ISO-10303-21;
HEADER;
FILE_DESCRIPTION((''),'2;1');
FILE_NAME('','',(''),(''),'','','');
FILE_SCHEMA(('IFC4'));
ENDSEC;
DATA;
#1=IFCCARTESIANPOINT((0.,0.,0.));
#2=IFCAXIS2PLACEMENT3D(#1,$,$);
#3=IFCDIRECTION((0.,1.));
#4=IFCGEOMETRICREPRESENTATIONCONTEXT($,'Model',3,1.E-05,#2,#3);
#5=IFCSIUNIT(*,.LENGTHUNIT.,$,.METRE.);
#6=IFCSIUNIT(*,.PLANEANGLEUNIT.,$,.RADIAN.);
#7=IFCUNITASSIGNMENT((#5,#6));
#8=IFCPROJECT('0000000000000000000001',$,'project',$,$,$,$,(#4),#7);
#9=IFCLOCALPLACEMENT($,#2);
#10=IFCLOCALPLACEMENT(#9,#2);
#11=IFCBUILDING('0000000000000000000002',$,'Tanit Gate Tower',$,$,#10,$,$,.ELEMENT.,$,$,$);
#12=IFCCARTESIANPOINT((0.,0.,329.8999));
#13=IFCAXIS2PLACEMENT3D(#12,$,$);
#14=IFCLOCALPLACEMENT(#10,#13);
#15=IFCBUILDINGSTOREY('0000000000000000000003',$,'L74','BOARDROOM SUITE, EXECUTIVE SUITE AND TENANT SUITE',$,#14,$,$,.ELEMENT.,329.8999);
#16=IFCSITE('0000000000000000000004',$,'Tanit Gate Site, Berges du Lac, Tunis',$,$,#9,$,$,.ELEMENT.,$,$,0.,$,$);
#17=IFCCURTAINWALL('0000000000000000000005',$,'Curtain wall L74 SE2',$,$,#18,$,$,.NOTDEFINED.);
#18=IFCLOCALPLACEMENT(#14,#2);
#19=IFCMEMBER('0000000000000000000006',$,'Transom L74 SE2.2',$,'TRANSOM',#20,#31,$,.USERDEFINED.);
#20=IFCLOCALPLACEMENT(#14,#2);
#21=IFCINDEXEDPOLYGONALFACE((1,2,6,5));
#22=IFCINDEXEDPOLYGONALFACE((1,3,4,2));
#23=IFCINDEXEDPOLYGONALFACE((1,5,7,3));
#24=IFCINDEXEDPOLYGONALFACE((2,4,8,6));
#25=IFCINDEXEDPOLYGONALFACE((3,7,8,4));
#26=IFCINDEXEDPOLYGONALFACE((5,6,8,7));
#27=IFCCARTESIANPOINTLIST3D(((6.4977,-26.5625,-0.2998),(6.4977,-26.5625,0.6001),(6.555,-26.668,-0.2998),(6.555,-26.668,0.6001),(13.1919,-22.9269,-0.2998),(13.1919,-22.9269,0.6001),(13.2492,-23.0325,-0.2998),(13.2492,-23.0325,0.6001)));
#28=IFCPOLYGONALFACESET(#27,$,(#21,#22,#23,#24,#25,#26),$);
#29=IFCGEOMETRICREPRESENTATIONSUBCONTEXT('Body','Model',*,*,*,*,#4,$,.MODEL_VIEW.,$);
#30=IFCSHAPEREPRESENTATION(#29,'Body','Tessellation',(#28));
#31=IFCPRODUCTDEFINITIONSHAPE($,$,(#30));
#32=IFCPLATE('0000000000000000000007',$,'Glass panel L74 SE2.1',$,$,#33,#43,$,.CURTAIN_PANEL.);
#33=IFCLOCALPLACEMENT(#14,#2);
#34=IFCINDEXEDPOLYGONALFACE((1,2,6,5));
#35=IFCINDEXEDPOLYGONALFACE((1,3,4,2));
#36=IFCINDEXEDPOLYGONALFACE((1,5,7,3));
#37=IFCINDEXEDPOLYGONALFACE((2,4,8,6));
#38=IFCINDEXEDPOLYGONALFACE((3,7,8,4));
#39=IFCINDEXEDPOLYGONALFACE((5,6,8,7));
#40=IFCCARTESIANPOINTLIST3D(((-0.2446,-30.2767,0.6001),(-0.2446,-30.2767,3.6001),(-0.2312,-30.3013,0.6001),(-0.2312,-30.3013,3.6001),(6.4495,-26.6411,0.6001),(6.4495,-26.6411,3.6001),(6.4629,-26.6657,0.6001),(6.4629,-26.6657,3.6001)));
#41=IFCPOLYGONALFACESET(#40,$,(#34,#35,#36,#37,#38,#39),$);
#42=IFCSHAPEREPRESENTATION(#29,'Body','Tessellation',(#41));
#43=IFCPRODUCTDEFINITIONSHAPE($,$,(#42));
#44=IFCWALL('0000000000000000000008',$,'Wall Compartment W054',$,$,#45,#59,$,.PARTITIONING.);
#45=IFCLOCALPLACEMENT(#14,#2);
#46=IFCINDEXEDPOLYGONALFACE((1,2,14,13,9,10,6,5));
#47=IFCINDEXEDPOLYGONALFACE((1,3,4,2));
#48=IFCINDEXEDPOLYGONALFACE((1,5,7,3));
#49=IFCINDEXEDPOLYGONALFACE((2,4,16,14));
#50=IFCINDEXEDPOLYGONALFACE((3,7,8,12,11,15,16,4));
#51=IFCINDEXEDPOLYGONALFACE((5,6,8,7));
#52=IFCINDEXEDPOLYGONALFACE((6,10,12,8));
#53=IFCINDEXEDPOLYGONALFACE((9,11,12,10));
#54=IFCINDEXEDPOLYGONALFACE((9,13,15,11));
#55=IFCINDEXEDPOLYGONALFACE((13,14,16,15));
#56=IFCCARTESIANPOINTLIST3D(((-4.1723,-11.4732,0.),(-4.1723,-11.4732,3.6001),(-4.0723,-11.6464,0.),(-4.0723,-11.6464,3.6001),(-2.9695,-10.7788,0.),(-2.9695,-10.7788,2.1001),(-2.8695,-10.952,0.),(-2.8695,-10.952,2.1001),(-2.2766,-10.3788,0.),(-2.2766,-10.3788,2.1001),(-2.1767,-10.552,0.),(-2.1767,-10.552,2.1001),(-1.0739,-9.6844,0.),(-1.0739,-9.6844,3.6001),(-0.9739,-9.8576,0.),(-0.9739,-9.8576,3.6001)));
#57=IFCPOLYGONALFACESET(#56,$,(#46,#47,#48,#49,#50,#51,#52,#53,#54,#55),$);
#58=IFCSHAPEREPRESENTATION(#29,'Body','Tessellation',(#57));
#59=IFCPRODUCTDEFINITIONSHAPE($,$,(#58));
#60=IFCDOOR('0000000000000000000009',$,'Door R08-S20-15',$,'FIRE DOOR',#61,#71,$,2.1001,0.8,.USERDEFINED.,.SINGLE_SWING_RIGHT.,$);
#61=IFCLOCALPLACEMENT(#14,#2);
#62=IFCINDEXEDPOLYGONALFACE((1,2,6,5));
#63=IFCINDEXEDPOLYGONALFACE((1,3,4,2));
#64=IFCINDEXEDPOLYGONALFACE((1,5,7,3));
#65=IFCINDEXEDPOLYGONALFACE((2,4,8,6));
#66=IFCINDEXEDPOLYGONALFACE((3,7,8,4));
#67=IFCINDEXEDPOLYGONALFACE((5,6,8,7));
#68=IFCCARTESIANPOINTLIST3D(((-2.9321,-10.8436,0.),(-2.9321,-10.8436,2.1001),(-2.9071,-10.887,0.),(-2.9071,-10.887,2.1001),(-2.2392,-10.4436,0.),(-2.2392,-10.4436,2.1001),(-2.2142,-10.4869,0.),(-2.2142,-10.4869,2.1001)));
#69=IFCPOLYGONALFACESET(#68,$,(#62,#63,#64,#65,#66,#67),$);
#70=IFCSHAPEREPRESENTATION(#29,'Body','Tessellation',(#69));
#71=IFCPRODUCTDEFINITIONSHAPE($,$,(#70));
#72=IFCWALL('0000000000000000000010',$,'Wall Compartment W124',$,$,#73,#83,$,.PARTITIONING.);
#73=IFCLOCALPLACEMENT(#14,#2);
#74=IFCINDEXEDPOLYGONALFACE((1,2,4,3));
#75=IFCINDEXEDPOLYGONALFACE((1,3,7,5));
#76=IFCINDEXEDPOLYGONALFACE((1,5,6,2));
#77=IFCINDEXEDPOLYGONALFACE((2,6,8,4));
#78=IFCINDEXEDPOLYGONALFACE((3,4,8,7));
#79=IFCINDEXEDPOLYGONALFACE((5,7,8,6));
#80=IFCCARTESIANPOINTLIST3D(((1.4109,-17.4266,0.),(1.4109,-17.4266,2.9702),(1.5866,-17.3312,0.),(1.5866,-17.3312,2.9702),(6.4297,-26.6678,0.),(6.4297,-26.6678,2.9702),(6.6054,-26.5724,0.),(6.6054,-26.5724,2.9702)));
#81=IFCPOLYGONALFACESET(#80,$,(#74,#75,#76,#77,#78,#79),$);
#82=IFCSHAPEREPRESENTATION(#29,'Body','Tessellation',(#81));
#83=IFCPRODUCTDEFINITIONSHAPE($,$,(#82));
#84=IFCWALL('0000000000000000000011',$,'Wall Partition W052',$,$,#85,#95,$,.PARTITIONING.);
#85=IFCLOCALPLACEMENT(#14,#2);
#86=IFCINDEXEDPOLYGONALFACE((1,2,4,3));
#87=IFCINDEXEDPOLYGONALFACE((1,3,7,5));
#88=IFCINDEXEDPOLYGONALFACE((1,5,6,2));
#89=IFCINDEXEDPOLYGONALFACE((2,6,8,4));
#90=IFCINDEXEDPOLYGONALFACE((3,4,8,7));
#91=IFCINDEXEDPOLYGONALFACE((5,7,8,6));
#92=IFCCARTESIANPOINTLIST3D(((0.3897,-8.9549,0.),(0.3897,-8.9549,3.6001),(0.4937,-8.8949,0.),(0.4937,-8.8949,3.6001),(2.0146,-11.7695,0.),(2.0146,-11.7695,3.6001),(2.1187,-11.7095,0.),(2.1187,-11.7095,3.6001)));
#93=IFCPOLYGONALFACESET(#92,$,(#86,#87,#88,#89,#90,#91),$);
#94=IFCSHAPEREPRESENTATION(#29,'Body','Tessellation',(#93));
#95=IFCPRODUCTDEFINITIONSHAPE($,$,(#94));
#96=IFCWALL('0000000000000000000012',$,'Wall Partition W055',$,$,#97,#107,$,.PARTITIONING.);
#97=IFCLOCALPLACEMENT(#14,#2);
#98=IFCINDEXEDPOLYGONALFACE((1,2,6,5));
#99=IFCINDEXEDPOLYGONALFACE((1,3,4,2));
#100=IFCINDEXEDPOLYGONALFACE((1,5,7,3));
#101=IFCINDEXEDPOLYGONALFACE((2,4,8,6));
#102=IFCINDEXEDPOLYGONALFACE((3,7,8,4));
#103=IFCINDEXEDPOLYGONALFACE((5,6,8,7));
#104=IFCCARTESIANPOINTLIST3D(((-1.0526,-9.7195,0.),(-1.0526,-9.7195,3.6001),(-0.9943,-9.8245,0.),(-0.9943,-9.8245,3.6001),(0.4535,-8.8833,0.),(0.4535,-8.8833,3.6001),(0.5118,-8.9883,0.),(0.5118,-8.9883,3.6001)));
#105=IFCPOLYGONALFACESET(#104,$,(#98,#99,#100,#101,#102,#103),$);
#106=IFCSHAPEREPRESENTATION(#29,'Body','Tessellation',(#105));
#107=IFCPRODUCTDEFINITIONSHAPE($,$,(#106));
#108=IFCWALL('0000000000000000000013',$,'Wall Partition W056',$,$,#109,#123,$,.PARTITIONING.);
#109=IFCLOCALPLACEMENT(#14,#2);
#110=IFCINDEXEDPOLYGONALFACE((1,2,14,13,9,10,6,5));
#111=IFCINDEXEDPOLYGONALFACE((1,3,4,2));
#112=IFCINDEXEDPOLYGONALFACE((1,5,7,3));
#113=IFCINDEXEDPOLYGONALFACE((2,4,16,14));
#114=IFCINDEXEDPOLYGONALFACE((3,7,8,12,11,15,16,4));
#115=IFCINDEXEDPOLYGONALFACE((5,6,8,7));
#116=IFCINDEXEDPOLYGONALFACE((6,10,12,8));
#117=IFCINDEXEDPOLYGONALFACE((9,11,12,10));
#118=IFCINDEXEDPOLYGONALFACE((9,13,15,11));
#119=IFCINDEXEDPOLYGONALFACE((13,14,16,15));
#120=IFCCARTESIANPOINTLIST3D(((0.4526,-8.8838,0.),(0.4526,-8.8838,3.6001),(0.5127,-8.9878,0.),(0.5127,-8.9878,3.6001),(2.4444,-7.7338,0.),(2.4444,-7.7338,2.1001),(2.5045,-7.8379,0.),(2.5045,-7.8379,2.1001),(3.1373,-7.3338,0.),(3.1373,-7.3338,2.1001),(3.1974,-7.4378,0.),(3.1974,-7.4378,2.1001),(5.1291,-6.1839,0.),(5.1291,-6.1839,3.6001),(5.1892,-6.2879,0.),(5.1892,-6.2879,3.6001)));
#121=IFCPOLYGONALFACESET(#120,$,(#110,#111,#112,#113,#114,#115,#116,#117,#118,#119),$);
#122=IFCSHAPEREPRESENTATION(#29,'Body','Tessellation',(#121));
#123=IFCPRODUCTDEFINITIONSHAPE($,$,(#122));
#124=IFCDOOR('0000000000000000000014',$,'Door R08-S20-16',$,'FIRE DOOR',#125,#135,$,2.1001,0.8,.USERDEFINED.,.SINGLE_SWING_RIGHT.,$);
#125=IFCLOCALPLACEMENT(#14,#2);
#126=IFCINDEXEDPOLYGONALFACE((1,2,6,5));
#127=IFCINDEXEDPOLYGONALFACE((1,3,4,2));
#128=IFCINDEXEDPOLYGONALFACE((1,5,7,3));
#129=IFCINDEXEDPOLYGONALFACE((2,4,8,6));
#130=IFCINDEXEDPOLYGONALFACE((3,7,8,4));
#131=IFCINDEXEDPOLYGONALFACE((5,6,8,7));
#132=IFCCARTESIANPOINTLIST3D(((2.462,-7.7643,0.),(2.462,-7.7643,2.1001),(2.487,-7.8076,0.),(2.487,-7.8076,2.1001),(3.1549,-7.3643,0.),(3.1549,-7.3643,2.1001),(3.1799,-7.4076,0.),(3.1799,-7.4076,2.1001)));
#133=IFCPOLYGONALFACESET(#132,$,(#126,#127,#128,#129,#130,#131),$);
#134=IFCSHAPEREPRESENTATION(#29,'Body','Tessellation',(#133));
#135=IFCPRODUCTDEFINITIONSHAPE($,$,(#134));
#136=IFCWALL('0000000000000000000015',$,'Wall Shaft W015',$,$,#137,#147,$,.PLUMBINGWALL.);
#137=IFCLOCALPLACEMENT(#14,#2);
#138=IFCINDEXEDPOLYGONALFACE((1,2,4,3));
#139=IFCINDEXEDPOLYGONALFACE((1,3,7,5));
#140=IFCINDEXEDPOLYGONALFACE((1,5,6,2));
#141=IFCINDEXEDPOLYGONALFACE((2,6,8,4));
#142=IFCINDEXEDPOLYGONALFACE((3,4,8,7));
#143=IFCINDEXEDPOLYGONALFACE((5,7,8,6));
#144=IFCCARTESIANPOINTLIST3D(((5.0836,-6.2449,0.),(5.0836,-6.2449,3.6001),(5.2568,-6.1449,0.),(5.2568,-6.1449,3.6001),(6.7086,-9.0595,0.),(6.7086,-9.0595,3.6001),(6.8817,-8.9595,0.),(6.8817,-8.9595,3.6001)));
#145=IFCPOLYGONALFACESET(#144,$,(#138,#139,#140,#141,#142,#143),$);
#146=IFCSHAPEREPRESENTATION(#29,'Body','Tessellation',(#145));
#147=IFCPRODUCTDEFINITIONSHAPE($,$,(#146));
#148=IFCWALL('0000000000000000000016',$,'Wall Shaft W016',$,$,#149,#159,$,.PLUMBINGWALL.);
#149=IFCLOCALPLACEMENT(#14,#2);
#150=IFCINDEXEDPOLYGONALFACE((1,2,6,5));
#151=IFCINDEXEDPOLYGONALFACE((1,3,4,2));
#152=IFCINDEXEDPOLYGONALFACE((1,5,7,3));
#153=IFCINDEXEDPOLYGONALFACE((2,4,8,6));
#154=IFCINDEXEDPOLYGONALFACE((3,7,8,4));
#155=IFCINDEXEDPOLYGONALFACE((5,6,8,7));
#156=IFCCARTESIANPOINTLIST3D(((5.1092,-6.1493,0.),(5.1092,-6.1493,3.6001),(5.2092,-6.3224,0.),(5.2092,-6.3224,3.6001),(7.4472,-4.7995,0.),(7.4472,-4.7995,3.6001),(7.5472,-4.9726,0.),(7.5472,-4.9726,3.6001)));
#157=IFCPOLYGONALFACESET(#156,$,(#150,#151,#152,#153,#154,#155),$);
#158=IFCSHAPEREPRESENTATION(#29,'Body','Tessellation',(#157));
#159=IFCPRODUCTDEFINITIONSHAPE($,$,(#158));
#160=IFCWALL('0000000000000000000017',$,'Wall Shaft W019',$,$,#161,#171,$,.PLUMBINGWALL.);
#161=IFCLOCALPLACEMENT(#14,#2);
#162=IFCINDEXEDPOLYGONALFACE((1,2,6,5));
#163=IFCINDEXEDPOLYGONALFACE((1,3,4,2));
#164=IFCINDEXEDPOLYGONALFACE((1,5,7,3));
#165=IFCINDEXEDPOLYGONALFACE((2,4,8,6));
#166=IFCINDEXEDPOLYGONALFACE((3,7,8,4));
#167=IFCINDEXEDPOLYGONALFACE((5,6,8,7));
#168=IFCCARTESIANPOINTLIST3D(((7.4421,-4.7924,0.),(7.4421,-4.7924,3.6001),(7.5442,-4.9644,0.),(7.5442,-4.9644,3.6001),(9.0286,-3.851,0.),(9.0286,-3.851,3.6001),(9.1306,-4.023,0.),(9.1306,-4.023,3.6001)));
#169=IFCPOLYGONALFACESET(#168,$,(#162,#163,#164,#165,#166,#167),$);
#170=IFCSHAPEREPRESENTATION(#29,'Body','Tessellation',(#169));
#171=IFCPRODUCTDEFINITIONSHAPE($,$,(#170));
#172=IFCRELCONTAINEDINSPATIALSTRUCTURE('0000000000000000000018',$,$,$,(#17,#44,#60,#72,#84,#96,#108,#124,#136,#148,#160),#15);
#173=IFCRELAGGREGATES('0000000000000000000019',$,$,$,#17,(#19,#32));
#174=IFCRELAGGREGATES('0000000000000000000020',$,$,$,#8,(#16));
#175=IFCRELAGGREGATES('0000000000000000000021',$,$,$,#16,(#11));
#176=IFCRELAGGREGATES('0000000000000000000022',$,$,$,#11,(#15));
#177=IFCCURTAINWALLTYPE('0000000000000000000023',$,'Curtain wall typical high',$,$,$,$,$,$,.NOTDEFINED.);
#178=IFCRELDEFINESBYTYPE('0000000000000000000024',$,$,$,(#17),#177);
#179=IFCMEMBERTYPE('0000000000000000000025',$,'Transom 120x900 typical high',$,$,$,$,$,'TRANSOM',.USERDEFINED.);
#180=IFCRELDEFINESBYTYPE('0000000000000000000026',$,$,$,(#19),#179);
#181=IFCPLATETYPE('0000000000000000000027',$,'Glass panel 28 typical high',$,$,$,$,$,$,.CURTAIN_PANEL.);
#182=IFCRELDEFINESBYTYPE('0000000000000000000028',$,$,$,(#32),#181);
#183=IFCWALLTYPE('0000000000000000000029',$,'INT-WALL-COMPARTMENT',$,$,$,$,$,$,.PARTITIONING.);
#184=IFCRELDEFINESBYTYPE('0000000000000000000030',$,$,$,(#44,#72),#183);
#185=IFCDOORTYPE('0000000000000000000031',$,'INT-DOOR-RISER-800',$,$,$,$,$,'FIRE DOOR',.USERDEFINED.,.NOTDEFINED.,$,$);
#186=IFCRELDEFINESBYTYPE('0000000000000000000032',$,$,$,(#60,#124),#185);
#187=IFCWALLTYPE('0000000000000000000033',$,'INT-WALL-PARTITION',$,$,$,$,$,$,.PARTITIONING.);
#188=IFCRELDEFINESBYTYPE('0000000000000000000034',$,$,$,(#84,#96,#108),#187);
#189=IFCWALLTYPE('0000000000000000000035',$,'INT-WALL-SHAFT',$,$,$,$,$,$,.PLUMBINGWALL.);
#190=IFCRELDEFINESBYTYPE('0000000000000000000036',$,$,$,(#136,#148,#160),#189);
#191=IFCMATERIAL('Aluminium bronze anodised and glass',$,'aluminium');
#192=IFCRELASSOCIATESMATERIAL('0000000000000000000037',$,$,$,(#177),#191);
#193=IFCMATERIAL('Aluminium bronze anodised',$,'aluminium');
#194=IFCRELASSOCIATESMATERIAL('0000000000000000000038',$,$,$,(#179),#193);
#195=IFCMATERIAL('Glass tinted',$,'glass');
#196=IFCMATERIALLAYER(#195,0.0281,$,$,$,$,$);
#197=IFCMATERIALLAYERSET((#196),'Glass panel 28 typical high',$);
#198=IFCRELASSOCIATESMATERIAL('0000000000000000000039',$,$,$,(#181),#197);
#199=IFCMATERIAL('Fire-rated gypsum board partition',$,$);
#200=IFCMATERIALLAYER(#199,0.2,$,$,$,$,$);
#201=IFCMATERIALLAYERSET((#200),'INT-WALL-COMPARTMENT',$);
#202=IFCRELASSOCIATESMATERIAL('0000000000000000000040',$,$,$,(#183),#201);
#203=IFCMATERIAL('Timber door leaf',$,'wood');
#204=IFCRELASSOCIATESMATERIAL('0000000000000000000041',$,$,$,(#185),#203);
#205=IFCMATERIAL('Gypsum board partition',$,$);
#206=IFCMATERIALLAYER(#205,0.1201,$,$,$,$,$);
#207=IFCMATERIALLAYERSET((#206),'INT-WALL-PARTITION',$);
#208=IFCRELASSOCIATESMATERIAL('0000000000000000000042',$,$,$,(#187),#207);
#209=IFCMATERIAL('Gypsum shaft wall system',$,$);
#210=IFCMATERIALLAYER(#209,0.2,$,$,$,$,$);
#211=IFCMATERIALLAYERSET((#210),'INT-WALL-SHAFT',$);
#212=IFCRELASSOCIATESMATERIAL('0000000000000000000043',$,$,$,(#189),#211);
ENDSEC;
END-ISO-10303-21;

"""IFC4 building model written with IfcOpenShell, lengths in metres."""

from ifc_helpers import new_model, si_unit, direction, frame, frame_2d, origin, origin_2d, place, context, subcontext, project, spatial, rectangle, extrude, material, layer, layer_set, material_profile, profile_set, type_object, element, fill, aggregate, save


model = new_model("IFC4")

# Units and contexts
model_context = context("Model", 3, precision=1e-05, world=origin(), true_north=direction((0.0, 1.0)))
body_context = subcontext(model_context, "Body", "Model", "MODEL_VIEW")
ifc_project = project(units=[si_unit("LENGTHUNIT", "METRE"), si_unit("PLANEANGLEUNIT", "RADIAN")], contexts=[model_context])

# Site, building, storey
site_placement = place(None, origin())
site = spatial("IfcSite", under=ifc_project, at=site_placement, Name="Tanit Gate Site, Berges du Lac, Tunis", CompositionType="ELEMENT", RefElevation=0.0)
building_placement = place(site_placement, origin())
building = spatial("IfcBuilding", under=site, at=building_placement, Name="Tanit Gate Tower", CompositionType="ELEMENT")
storey_placement = place(building_placement, frame((0.0, 0.0, 329.8999)))
storey = spatial("IfcBuildingStorey", under=building, at=storey_placement, Name="L74", Description="BOARDROOM SUITE, EXECUTIVE SUITE AND TENANT SUITE", CompositionType="ELEMENT", Elevation=329.8999)

# Curtain wall
ifc_material_1 = material(Name="Aluminium bronze anodised and glass", Category="aluminium")
curtain_wall_type = type_object("IfcCurtainWallType", Name="Curtain wall typical high", PredefinedType="NOTDEFINED", material=ifc_material_1)
curtain_wall_1_placement = place(storey_placement, origin())
curtain_wall_1 = element("IfcCurtainWall", 1, at=curtain_wall_1_placement, inside=storey, type_object=curtain_wall_type, Name="Curtain wall L74 SE2", PredefinedType="NOTDEFINED")

# Member
ifc_material_2 = material(Name="Aluminium bronze anodised", Category="aluminium")
ifc_material_profile_1 = material_profile(ifc_material_2, rectangle(XDim=0.1201, YDim=0.8999, at=origin_2d()), Name="120x900 bronze transom")
ifc_profile_set_1 = profile_set([ifc_material_profile_1], Name="Aluminium bronze anodised")
member_type_1 = type_object("IfcMemberType", Name="Transom 120x900 typical high", ElementType="TRANSOM", PredefinedType="USERDEFINED", material=ifc_profile_set_1)
member_1_placement = place(storey_placement, frame((6.5264, -26.6152, 0.1501), z_axis=(0.878767, 0.47725, 0.0), x_axis=(-0.47725, 0.878767, 0.0)))
member_1 = element("IfcMember", 2, at=member_1_placement, type_object=member_type_1, Name="Transom L74 SE2.2", ObjectType="TRANSOM", PredefinedType="USERDEFINED", context=body_context, shape_type="SweptSolid", body=[
    extrude(rectangle(XDim=0.1201, YDim=0.8999, at=origin_2d()), origin(), (0.0, 0.0, 1.0), 7.6177),
])

# Plate
ifc_material_3 = material(Name="Glass tinted", Category="glass")
ifc_layer_1 = layer(ifc_material_3, 0.0281)
ifc_layer_set_1 = layer_set([ifc_layer_1], Name="Glass panel 28 typical high")
plate_type = type_object("IfcPlateType", Name="Glass panel 28 typical high", PredefinedType="CURTAIN_PANEL", material=ifc_layer_set_1)
plate_placement = place(storey_placement, frame((3.1091, -28.4712, 0.6001), z_axis=(0.0, 0.0, 1.0), x_axis=(0.878762, 0.477259, 0.0)))
plate = element("IfcPlate", 3, at=plate_placement, type_object=plate_type, Name="Glass panel L74 SE2.1", PredefinedType="CURTAIN_PANEL", context=body_context, shape_type="SweptSolid", body=[
    extrude(rectangle(XDim=7.6177, YDim=0.0281, at=origin_2d()), origin(), (0.0, 0.0, 1.0), 3.0),
])
aggregate(curtain_wall_1, [member_1, plate])

# Wall, opening, door
ifc_material_4 = material(Name="Fire-rated gypsum board partition")
ifc_layer_2 = layer(ifc_material_4, 0.2)
ifc_layer_set_2 = layer_set([ifc_layer_2], Name="INT-WALL-COMPARTMENT")
wall_type_1 = type_object("IfcWallType", Name="INT-WALL-COMPARTMENT", PredefinedType="PARTITIONING", material=ifc_layer_set_2)
wall_1_placement = place(storey_placement, frame((-1.0239, -9.771, 0.0), z_axis=(0.0, 0.0, 1.0), x_axis=(-0.86603, -0.499992, 0.0)))
wall_1 = element("IfcWall", 4, at=wall_1_placement, inside=storey, type_object=wall_type_1, Name="Wall Compartment W054", PredefinedType="PARTITIONING", context=body_context, shape_type="SweptSolid", body=[
    extrude(rectangle(XDim=3.5776, YDim=0.2, at=frame_2d((1.7888, 0.0))), origin(), (0.0, 0.0, 1.0), 3.6001),
])
opening_1_placement = place(wall_1_placement, frame((1.3889, 0.0, 0.0)))
opening_1 = element("IfcOpeningElement", 5, at=opening_1_placement, cuts=wall_1, PredefinedType="OPENING", context=body_context, shape_type="SweptSolid", body=[
    extrude(rectangle(XDim=0.8, YDim=2.1001, at=frame_2d((0.3999, 1.05))), frame((0.0, 0.1099, 0.0), z_axis=(0.0, -1.0, 0.0), x_axis=(1.0, 0.0, 0.0)), (0.0, 0.0, 1.0), 0.22),
])
ifc_material_5 = material(Name="Timber door leaf", Category="wood")
door_type = type_object("IfcDoorType", Name="INT-DOOR-RISER-800", ElementType="FIRE DOOR", OperationType="NOTDEFINED", PredefinedType="USERDEFINED", material=ifc_material_5)
door_1_placement = place(opening_1_placement, origin())
door_1 = element("IfcDoor", 6, at=door_1_placement, inside=storey, type_object=door_type, Name="Door R08-S20-15", ObjectType="FIRE DOOR", OperationType="SINGLE_SWING_RIGHT", OverallHeight=2.1001, OverallWidth=0.8, PredefinedType="USERDEFINED", context=body_context, shape_type="SweptSolid", body=[
    extrude(rectangle(XDim=0.8, YDim=2.1001, at=frame_2d((0.3999, 1.05))), frame((0.0, 0.0249, 0.0), z_axis=(0.0, -1.0, 0.0), x_axis=(1.0, 0.0, 0.0)), (0.0, 0.0, 1.0), 0.05),
])
fill(opening_1, door_1)

# Walls
wall_2_placement = place(storey_placement, frame((1.4988, -17.3789, 0.0), z_axis=(0.0, 0.0, 1.0), x_axis=(0.477249, -0.878768, 0.0)))
element("IfcWall", 7, at=wall_2_placement, inside=storey, type_object=wall_type_1, Name="Wall Compartment W124", PredefinedType="PARTITIONING", context=body_context, shape_type="SweptSolid", body=[
    extrude(rectangle(XDim=10.5161, YDim=0.2, at=frame_2d((5.2581, 0.0))), origin(), (0.0, 0.0, 1.0), 2.9702),
])
ifc_material_6 = material(Name="Gypsum board partition")
ifc_layer_3 = layer(ifc_material_6, 0.1201)
ifc_layer_set_3 = layer_set([ifc_layer_3], Name="INT-WALL-PARTITION")
wall_type_2 = type_object("IfcWallType", Name="INT-WALL-PARTITION", PredefinedType="PARTITIONING", material=ifc_layer_set_3)
wall_3_placement = place(storey_placement, frame((2.0667, -11.7395, 0.0), z_axis=(0.0, 0.0, 1.0), x_axis=(-0.499985, 0.866034, 0.0)))
element("IfcWall", 8, at=wall_3_placement, inside=storey, type_object=wall_type_2, Name="Wall Partition W052", PredefinedType="PARTITIONING", context=body_context, shape_type="SweptSolid", body=[
    extrude(rectangle(XDim=3.25, YDim=0.1201, at=frame_2d((1.625, 0.0))), origin(), (0.0, 0.0, 1.0), 3.6001),
])
wall_4_placement = place(storey_placement, frame((-1.0234, -9.772, 0.0), z_axis=(0.0, 0.0, 1.0), x_axis=(0.874291, 0.485402, 0.0)))
element("IfcWall", 9, at=wall_4_placement, inside=storey, type_object=wall_type_2, Name="Wall Partition W055", PredefinedType="PARTITIONING", context=body_context, shape_type="SweptSolid", body=[
    extrude(rectangle(XDim=1.7227, YDim=0.1201, at=frame_2d((0.8613, 0.0))), origin(), (0.0, 0.0, 1.0), 3.6001),
])

# Wall, opening, door
wall_5_placement = place(storey_placement, frame((0.4827, -8.9358, 0.0), z_axis=(0.0, 0.0, 1.0), x_axis=(0.866028, 0.499995, 0.0)))
wall_5 = element("IfcWall", 10, at=wall_5_placement, inside=storey, type_object=wall_type_2, Name="Wall Partition W056", PredefinedType="PARTITIONING", context=body_context, shape_type="SweptSolid", body=[
    extrude(rectangle(XDim=5.3999, YDim=0.1201, at=frame_2d((2.7, 0.0))), origin(), (0.0, 0.0, 1.0), 3.6001),
])
opening_2_placement = place(wall_5_placement, frame((2.3, 0.0, 0.0)))
opening_2 = element("IfcOpeningElement", 11, at=opening_2_placement, cuts=wall_5, PredefinedType="OPENING", context=body_context, shape_type="SweptSolid", body=[
    extrude(rectangle(XDim=0.8, YDim=2.1001, at=frame_2d((0.3999, 1.05))), frame((0.0, 0.0701, 0.0), z_axis=(0.0, -1.0, 0.0), x_axis=(1.0, 0.0, 0.0)), (0.0, 0.0, 1.0), 0.1401),
])
door_2_placement = place(opening_2_placement, origin())
door_2 = element("IfcDoor", 12, at=door_2_placement, inside=storey, type_object=door_type, Name="Door R08-S20-16", ObjectType="FIRE DOOR", OperationType="SINGLE_SWING_RIGHT", OverallHeight=2.1001, OverallWidth=0.8, PredefinedType="USERDEFINED", context=body_context, shape_type="SweptSolid", body=[
    extrude(rectangle(XDim=0.8, YDim=2.1001, at=frame_2d((0.3999, 1.05))), frame((0.0, 0.0249, 0.0), z_axis=(0.0, -1.0, 0.0), x_axis=(1.0, 0.0, 0.0)), (0.0, 0.0, 1.0), 0.05),
])
fill(opening_2, door_2)

# Walls
ifc_material_7 = material(Name="Gypsum shaft wall system")
ifc_layer_4 = layer(ifc_material_7, 0.2)
ifc_layer_set_4 = layer_set([ifc_layer_4], Name="INT-WALL-SHAFT")
wall_type_3 = type_object("IfcWallType", Name="INT-WALL-SHAFT", PredefinedType="PLUMBINGWALL", material=ifc_layer_set_4)
wall_6_placement = place(storey_placement, frame((6.7952, -9.0095, 0.0), z_axis=(0.0, 0.0, 1.0), x_axis=(-0.499985, 0.866034, 0.0)))
element("IfcWall", 13, at=wall_6_placement, inside=storey, type_object=wall_type_3, Name="Wall Shaft W015", PredefinedType="PLUMBINGWALL", context=body_context, shape_type="SweptSolid", body=[
    extrude(rectangle(XDim=3.25, YDim=0.2, at=frame_2d((1.625, 0.0))), origin(), (0.0, 0.0, 1.0), 3.6001),
])
wall_7_placement = place(storey_placement, frame((5.1592, -6.2358, 0.0), z_axis=(0.0, 0.0, 1.0), x_axis=(0.866037, 0.499981, 0.0)))
element("IfcWall", 14, at=wall_7_placement, inside=storey, type_object=wall_type_3, Name="Wall Shaft W016", PredefinedType="PLUMBINGWALL", context=body_context, shape_type="SweptSolid", body=[
    extrude(rectangle(XDim=2.6997, YDim=0.2, at=frame_2d((1.3499, 0.0))), origin(), (0.0, 0.0, 1.0), 3.6001),
])
wall_8_placement = place(storey_placement, frame((7.4932, -4.8784, 0.0), z_axis=(0.0, 0.0, 1.0), x_axis=(0.859982, 0.510325, 0.0)))
element("IfcWall", 15, at=wall_8_placement, inside=storey, type_object=wall_type_3, Name="Wall Shaft W019", PredefinedType="PLUMBINGWALL", context=body_context, shape_type="SweptSolid", body=[
    extrude(rectangle(XDim=1.8447, YDim=0.2, at=frame_2d((0.9224, 0.0))), origin(), (0.0, 0.0, 1.0), 3.6001),
])

save(model, "model.ifc")
